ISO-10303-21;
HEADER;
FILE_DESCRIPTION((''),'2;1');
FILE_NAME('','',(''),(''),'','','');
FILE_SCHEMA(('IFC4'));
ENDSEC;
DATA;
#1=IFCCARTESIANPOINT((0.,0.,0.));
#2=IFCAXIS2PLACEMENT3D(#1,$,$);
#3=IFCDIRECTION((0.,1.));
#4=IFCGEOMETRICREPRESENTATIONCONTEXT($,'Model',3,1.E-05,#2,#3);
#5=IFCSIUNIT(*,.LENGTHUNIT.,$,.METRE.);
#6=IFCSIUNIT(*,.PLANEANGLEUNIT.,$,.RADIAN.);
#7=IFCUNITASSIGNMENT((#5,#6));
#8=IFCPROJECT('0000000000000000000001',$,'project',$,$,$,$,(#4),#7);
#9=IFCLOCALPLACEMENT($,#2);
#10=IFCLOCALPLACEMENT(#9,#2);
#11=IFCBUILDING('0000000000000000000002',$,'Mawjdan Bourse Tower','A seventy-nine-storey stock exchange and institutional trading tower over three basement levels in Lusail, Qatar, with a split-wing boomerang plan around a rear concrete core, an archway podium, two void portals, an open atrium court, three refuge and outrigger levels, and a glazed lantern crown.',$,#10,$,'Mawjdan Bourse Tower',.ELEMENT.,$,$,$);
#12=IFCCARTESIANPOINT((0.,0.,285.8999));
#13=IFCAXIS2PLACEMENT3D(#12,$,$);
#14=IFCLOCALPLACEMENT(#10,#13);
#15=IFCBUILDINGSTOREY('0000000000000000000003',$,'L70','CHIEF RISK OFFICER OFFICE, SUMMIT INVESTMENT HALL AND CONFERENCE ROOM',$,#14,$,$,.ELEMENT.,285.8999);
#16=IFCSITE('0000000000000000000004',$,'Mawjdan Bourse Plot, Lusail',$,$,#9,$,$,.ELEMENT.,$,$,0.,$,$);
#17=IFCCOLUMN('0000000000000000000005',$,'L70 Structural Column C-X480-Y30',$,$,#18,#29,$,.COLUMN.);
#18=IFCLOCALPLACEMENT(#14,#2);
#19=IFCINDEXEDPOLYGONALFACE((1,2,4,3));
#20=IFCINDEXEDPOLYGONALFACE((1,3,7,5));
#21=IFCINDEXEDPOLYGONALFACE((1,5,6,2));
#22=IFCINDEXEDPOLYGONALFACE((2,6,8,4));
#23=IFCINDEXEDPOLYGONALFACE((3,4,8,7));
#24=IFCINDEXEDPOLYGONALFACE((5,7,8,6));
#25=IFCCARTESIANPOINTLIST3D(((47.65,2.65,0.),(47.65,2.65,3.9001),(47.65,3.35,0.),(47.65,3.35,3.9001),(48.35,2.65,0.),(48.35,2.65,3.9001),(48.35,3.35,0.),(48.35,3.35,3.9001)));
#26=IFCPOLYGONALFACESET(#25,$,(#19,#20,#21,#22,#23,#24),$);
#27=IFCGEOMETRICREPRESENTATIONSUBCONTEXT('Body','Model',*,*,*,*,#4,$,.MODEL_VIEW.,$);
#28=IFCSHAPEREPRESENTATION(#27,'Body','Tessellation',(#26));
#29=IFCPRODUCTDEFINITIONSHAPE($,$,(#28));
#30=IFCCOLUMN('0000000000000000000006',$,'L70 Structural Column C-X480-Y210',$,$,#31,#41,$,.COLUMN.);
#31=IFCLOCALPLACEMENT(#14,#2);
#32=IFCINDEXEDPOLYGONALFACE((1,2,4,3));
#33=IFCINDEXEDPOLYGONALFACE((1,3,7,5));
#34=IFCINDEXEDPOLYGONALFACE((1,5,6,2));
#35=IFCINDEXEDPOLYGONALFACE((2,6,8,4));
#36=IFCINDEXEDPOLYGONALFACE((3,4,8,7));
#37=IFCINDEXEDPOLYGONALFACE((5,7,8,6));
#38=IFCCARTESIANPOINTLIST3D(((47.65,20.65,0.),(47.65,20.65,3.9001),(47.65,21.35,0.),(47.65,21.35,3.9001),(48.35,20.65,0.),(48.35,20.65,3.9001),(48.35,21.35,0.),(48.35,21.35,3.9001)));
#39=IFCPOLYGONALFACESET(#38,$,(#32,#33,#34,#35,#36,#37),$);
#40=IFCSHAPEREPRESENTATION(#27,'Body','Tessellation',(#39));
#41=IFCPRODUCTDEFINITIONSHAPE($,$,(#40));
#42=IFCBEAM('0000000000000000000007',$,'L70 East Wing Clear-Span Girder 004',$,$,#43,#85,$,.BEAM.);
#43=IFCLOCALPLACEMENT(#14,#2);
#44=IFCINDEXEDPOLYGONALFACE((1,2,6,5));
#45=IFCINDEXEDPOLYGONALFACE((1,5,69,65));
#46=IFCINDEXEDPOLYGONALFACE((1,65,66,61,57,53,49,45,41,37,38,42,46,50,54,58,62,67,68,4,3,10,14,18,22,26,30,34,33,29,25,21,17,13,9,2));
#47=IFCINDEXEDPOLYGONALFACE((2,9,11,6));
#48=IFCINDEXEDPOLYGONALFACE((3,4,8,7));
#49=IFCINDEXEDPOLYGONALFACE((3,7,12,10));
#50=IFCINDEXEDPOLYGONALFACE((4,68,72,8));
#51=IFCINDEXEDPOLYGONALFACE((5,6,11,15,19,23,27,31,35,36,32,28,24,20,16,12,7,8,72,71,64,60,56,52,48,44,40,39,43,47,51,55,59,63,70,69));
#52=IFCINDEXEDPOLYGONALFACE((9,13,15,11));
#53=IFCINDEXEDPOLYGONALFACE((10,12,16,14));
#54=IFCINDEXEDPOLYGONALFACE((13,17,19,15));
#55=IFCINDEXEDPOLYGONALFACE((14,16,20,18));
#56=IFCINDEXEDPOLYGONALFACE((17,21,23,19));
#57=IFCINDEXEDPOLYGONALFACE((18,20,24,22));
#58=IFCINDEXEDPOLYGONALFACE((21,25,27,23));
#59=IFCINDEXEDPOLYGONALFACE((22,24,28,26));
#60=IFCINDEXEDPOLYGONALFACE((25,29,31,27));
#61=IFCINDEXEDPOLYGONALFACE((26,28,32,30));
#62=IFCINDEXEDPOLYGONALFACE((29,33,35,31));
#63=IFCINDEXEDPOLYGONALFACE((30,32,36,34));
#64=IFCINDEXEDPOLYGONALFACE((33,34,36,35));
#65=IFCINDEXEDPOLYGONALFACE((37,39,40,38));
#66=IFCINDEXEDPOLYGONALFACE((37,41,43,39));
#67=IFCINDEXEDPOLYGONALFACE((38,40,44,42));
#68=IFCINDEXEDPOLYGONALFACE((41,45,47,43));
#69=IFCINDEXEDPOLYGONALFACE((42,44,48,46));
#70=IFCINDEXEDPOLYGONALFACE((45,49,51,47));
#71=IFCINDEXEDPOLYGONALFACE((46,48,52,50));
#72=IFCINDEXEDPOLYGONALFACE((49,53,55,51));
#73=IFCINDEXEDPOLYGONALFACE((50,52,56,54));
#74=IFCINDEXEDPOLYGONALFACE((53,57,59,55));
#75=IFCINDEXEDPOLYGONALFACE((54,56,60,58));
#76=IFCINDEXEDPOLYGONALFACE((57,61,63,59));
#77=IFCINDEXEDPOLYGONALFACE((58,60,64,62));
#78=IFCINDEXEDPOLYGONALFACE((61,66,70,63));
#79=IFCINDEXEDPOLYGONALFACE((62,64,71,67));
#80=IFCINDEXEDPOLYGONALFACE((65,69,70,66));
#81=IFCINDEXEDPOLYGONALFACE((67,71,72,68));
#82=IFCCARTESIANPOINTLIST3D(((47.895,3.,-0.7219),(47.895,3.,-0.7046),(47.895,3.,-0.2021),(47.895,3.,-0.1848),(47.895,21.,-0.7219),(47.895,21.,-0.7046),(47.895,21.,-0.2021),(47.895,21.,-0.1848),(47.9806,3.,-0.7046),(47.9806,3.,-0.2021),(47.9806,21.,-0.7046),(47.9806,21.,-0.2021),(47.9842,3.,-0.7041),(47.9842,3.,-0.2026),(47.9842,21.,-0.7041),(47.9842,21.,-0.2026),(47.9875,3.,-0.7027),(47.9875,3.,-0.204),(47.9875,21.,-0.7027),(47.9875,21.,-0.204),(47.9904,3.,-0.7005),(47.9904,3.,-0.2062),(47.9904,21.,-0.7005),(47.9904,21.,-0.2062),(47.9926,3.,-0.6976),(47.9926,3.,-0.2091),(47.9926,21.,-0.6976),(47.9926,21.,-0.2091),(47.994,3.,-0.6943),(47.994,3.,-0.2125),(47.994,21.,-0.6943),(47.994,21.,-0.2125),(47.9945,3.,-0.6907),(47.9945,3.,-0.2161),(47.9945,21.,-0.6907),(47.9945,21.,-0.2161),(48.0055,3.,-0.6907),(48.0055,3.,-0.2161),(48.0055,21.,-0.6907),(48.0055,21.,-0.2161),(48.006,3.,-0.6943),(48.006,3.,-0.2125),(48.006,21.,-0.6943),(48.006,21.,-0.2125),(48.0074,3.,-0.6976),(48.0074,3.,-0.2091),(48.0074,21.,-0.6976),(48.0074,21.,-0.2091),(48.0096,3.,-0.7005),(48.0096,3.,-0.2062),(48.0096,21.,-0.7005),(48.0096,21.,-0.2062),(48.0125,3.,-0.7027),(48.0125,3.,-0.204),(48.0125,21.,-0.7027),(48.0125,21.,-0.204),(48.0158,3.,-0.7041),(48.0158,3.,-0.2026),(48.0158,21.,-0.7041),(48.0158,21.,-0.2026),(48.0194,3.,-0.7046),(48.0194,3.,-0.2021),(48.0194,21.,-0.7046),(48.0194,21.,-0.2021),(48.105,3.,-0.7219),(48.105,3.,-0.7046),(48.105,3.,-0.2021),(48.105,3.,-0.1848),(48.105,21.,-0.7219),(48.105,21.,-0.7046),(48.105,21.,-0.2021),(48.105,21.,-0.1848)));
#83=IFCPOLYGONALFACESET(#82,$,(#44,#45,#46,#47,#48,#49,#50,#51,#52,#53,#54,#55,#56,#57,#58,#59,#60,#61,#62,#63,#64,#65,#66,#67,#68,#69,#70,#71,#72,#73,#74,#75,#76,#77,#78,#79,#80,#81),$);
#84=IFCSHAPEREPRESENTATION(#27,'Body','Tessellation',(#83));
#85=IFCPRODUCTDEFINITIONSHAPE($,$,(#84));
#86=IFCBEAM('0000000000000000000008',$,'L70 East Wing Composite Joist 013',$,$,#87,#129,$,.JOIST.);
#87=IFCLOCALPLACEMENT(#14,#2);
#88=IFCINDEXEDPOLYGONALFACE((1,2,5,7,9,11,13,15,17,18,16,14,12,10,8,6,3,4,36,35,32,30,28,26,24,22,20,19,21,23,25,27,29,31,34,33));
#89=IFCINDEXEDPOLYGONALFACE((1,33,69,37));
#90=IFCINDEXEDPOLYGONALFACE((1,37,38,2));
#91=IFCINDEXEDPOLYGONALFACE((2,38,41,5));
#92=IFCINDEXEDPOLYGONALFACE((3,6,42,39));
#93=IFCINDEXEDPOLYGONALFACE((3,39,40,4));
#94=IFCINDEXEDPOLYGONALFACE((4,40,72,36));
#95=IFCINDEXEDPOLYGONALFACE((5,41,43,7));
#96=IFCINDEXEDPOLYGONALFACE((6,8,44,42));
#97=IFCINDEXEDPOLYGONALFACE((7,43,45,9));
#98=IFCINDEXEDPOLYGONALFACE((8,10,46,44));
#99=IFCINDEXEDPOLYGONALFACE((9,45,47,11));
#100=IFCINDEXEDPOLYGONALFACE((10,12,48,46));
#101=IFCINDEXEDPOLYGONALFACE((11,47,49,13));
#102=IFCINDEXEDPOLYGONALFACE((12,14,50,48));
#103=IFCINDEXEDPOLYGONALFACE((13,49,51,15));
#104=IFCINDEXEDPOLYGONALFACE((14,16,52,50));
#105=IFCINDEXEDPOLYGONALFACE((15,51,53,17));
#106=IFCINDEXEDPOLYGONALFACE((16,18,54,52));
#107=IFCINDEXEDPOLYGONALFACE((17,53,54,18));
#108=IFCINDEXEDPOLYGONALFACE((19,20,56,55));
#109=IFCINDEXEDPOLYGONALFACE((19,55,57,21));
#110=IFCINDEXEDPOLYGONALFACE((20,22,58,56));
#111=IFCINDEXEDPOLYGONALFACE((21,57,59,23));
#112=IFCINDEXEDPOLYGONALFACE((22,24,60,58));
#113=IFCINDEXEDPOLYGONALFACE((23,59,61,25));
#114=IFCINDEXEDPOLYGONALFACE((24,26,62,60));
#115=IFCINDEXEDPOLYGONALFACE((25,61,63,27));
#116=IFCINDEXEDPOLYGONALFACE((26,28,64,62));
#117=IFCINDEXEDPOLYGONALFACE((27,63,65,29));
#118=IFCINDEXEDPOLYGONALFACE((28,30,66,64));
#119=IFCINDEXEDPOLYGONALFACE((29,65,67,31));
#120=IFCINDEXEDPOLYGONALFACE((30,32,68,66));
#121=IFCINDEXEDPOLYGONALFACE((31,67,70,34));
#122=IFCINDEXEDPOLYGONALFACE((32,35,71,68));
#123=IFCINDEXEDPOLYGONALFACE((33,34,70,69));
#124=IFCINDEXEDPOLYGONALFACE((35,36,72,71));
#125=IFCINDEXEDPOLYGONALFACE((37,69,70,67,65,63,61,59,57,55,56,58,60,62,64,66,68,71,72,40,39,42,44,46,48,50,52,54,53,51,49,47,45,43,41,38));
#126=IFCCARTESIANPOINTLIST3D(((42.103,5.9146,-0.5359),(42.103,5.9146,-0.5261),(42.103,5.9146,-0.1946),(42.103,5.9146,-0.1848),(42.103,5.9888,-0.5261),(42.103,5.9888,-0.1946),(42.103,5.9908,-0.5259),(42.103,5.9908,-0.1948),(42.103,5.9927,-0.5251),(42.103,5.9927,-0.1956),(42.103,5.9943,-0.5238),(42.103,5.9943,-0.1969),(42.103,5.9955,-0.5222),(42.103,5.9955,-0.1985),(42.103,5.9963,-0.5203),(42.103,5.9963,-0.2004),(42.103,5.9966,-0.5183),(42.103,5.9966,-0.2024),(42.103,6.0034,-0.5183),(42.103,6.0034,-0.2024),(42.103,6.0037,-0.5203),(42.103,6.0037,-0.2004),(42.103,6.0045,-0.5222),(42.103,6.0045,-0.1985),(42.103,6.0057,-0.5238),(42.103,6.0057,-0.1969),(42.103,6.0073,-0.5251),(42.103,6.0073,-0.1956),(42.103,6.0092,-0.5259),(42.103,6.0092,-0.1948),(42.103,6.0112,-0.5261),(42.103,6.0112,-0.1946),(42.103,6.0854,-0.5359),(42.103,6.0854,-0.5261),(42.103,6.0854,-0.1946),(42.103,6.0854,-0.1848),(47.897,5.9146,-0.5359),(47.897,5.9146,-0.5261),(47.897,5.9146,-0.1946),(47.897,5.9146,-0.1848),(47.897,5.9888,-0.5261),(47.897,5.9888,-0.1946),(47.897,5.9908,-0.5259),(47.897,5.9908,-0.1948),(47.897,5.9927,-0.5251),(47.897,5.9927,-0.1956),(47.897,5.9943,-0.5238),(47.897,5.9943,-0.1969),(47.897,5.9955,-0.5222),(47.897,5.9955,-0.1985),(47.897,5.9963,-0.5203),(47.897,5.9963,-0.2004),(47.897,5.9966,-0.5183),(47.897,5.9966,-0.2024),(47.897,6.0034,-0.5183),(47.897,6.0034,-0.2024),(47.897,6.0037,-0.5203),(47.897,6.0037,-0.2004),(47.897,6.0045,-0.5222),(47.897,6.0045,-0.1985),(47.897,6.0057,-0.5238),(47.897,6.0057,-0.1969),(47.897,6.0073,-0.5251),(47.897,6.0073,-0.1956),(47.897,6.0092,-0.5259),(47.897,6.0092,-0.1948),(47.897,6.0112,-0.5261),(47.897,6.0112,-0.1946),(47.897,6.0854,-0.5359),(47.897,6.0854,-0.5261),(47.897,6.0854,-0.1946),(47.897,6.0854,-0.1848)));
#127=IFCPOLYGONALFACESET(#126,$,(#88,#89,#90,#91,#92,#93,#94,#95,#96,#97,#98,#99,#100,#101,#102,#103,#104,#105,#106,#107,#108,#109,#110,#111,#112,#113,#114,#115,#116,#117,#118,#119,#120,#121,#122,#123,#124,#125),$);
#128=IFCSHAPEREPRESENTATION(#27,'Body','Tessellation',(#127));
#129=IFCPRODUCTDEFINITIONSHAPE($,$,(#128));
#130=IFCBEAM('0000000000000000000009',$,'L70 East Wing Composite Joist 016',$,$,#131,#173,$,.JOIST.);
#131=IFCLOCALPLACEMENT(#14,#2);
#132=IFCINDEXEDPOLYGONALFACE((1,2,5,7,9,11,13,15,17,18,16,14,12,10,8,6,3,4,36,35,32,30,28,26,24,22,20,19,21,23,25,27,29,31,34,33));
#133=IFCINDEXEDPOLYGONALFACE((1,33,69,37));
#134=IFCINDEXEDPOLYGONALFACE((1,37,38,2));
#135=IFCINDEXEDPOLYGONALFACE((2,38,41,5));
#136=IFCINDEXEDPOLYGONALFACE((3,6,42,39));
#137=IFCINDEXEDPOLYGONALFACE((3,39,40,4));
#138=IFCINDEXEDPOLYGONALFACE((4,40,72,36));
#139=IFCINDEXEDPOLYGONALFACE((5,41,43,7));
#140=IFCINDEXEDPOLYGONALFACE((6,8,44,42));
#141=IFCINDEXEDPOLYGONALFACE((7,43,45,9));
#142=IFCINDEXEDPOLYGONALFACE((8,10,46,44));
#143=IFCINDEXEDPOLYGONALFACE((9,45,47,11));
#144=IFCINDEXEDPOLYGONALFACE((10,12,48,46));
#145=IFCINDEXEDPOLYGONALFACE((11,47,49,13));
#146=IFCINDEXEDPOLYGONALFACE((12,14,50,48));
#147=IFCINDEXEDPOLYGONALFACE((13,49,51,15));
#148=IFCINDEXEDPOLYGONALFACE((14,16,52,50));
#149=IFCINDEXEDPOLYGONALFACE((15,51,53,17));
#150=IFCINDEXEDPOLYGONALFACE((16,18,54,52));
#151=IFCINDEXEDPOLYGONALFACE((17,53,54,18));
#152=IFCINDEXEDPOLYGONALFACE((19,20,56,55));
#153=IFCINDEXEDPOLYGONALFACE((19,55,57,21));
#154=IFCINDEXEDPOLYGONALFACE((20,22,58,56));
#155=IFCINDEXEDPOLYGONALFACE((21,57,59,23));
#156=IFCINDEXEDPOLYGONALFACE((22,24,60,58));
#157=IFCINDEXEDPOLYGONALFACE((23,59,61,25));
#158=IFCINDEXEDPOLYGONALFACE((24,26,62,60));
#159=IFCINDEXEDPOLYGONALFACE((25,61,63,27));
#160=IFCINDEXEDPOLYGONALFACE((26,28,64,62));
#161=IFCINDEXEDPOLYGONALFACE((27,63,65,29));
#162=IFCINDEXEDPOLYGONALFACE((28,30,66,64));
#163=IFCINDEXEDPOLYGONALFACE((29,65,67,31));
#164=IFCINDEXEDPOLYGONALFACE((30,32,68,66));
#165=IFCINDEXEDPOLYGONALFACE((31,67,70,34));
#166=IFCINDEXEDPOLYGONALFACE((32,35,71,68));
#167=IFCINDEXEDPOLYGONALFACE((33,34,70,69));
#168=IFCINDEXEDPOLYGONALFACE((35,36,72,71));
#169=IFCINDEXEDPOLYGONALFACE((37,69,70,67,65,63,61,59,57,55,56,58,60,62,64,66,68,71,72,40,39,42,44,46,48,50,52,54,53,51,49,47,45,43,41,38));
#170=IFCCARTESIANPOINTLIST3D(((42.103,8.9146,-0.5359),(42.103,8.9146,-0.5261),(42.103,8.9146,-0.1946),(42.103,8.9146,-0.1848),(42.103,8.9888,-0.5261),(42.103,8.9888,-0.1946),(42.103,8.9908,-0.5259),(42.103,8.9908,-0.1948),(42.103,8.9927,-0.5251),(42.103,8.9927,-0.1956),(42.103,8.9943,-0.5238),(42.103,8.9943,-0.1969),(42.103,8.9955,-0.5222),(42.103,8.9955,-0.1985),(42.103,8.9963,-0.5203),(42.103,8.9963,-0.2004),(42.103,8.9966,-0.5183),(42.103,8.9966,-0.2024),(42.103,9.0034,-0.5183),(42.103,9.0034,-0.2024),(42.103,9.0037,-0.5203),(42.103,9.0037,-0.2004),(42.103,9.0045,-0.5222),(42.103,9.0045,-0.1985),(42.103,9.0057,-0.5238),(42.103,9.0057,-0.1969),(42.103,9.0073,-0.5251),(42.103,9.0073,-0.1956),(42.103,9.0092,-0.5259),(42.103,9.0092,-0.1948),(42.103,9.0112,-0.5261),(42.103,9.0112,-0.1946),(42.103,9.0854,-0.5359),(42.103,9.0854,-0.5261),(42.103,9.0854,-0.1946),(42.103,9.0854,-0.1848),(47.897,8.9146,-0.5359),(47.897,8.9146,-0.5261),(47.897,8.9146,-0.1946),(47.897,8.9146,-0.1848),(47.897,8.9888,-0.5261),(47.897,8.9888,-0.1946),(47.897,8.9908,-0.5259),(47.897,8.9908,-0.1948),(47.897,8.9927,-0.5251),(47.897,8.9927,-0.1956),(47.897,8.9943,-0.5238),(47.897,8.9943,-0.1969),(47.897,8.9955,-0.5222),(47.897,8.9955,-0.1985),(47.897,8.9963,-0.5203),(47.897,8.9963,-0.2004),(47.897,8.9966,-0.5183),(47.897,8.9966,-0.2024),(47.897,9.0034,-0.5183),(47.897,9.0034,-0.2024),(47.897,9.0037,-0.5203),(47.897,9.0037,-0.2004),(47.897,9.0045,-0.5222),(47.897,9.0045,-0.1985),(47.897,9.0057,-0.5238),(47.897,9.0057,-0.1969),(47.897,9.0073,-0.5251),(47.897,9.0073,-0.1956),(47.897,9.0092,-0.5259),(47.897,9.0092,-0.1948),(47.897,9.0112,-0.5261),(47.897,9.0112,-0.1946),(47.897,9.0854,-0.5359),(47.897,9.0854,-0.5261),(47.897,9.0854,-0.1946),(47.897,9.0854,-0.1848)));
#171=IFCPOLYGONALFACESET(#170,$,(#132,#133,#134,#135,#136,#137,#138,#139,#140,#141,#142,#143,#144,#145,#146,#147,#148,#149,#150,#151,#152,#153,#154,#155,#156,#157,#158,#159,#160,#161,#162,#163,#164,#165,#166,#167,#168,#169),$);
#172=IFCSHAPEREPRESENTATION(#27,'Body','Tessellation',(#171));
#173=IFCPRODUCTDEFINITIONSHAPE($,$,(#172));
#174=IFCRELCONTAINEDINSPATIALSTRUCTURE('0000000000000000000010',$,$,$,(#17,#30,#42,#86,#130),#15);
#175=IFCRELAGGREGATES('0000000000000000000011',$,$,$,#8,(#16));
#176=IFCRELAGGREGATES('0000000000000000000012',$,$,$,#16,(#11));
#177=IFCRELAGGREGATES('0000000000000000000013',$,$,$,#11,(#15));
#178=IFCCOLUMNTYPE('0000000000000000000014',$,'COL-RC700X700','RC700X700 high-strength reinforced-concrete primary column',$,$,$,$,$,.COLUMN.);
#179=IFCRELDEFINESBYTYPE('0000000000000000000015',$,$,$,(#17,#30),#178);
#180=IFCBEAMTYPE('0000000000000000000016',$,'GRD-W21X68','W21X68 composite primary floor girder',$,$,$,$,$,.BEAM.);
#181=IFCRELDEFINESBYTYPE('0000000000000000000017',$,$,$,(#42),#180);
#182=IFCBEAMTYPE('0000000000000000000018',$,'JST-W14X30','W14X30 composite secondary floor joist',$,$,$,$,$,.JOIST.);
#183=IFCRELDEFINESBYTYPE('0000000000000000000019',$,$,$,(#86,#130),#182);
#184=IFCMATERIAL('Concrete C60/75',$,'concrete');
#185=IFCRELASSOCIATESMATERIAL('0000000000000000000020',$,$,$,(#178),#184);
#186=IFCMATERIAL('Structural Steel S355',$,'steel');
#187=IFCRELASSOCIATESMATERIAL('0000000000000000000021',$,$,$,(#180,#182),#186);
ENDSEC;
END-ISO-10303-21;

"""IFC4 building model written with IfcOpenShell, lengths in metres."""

from ifc_helpers import new_model, si_unit, direction, frame, origin, origin_2d, place, context, subcontext, project, spatial, rectangle, i_section, extrude, material, material_profile, profile_set, type_object, element, save


model = new_model("IFC4")

# Units and contexts
model_context = context("Model", 3, precision=1e-05, world=origin(), true_north=direction((0.0, 1.0)))
body_context = subcontext(model_context, "Body", "Model", "MODEL_VIEW")
ifc_project = project(units=[si_unit("LENGTHUNIT", "METRE"), si_unit("PLANEANGLEUNIT", "RADIAN")], contexts=[model_context])

# Site, building, storey
site_placement = place(None, origin())
site = spatial("IfcSite", under=ifc_project, at=site_placement, Name="Mawjdan Bourse Plot, Lusail", CompositionType="ELEMENT", RefElevation=0.0)
building_placement = place(site_placement, origin())
building = spatial("IfcBuilding", under=site, at=building_placement, Name="Mawjdan Bourse Tower", Description="A seventy-nine-storey stock exchange and institutional trading tower over three basement levels in Lusail, Qatar, with a split-wing boomerang plan around a rear concrete core, an archway podium, two void portals, an open atrium court, three refuge and outrigger levels, and a glazed lantern crown.", LongName="Mawjdan Bourse Tower", CompositionType="ELEMENT")
storey_placement = place(building_placement, frame((0.0, 0.0, 285.8999)))
storey = spatial("IfcBuildingStorey", under=building, at=storey_placement, Name="L70", Description="CHIEF RISK OFFICER OFFICE, SUMMIT INVESTMENT HALL AND CONFERENCE ROOM", CompositionType="ELEMENT", Elevation=285.8999)

# Columns
ifc_material_1 = material(Name="Concrete C60/75", Category="concrete")
ifc_material_profile_1 = material_profile(ifc_material_1, rectangle(XDim=0.7, YDim=0.7, at=origin_2d()), Name="RC700X700")
ifc_profile_set_1 = profile_set([ifc_material_profile_1], Name="Concrete C60/75")
column_type = type_object("IfcColumnType", Name="COL-RC700X700", Description="RC700X700 high-strength reinforced-concrete primary column", PredefinedType="COLUMN", material=ifc_profile_set_1)
for number, where, z_axis, x_axis, name in (
    (1, (48.0, 3.0, 0.0), (0.0, 0.0, 1.0), (1.0, 0.0, 0.0), "L70 Structural Column C-X480-Y30"),
    (2, (48.0, 21.0, 0.0), (0.0, 0.0, 1.0), (1.0, 0.0, 0.0), "L70 Structural Column C-X480-Y210"),
):
    element("IfcColumn", number, at=place(storey_placement, frame(where, z_axis=z_axis, x_axis=x_axis)), inside=storey, type_object=column_type, Name=name, PredefinedType="COLUMN", context=body_context, shape_type="SweptSolid", body=[
        extrude(rectangle(XDim=0.7, YDim=0.7, at=origin_2d()), origin(), (0.0, 0.0, 1.0), 3.9001),
    ])

# Beams
ifc_material_2 = material(Name="Structural Steel S355", Category="steel")
ifc_material_profile_2 = material_profile(ifc_material_2, i_section(OverallWidth=0.21, OverallDepth=0.5371, WebThickness=0.011, FlangeThickness=0.0173, FilletRadius=0.0139, at=origin_2d()), Name="W21X68")
ifc_profile_set_2 = profile_set([ifc_material_profile_2], Name="Structural Steel S355")
beam_type_1 = type_object("IfcBeamType", Name="GRD-W21X68", Description="W21X68 composite primary floor girder", PredefinedType="BEAM", material=ifc_profile_set_2)
beam_placement = place(storey_placement, frame((48.0, 3.0, -0.4534), z_axis=(0.0, 1.0, 0.0), x_axis=(-1.0, 0.0, 0.0)))
element("IfcBeam", 3, at=beam_placement, inside=storey, type_object=beam_type_1, Name="L70 East Wing Clear-Span Girder 004", PredefinedType="BEAM", context=body_context, shape_type="SweptSolid", body=[
    extrude(i_section(OverallWidth=0.21, OverallDepth=0.5371, WebThickness=0.011, FlangeThickness=0.0173, FilletRadius=0.0139, at=origin_2d()), origin(), (0.0, 0.0, 1.0), 18.0),
])
ifc_material_profile_3 = material_profile(ifc_material_2, i_section(OverallWidth=0.1709, OverallDepth=0.3511, WebThickness=0.0068, FlangeThickness=0.0098, FilletRadius=0.0078, at=origin_2d()), Name="W14X30")
ifc_profile_set_3 = profile_set([ifc_material_profile_3], Name="Structural Steel S355")
beam_type_2 = type_object("IfcBeamType", Name="JST-W14X30", Description="W14X30 composite secondary floor joist", PredefinedType="JOIST", material=ifc_profile_set_3)
for number, where, z_axis, x_axis, name in (
    (4, (42.103, 6.0, -0.3604), (1.0, 0.0, 0.0), (0.0, 1.0, 0.0), "L70 East Wing Composite Joist 013"),
    (5, (42.103, 9.0, -0.3604), (1.0, 0.0, 0.0), (0.0, 1.0, 0.0), "L70 East Wing Composite Joist 016"),
):
    element("IfcBeam", number, at=place(storey_placement, frame(where, z_axis=z_axis, x_axis=x_axis)), inside=storey, type_object=beam_type_2, Name=name, PredefinedType="JOIST", context=body_context, shape_type="SweptSolid", body=[
        extrude(i_section(OverallWidth=0.1709, OverallDepth=0.3511, WebThickness=0.0068, FlangeThickness=0.0098, FilletRadius=0.0078, at=origin_2d()), origin(), (0.0, 0.0, 1.0), 5.7939),
    ])

save(model, "model.ifc")
